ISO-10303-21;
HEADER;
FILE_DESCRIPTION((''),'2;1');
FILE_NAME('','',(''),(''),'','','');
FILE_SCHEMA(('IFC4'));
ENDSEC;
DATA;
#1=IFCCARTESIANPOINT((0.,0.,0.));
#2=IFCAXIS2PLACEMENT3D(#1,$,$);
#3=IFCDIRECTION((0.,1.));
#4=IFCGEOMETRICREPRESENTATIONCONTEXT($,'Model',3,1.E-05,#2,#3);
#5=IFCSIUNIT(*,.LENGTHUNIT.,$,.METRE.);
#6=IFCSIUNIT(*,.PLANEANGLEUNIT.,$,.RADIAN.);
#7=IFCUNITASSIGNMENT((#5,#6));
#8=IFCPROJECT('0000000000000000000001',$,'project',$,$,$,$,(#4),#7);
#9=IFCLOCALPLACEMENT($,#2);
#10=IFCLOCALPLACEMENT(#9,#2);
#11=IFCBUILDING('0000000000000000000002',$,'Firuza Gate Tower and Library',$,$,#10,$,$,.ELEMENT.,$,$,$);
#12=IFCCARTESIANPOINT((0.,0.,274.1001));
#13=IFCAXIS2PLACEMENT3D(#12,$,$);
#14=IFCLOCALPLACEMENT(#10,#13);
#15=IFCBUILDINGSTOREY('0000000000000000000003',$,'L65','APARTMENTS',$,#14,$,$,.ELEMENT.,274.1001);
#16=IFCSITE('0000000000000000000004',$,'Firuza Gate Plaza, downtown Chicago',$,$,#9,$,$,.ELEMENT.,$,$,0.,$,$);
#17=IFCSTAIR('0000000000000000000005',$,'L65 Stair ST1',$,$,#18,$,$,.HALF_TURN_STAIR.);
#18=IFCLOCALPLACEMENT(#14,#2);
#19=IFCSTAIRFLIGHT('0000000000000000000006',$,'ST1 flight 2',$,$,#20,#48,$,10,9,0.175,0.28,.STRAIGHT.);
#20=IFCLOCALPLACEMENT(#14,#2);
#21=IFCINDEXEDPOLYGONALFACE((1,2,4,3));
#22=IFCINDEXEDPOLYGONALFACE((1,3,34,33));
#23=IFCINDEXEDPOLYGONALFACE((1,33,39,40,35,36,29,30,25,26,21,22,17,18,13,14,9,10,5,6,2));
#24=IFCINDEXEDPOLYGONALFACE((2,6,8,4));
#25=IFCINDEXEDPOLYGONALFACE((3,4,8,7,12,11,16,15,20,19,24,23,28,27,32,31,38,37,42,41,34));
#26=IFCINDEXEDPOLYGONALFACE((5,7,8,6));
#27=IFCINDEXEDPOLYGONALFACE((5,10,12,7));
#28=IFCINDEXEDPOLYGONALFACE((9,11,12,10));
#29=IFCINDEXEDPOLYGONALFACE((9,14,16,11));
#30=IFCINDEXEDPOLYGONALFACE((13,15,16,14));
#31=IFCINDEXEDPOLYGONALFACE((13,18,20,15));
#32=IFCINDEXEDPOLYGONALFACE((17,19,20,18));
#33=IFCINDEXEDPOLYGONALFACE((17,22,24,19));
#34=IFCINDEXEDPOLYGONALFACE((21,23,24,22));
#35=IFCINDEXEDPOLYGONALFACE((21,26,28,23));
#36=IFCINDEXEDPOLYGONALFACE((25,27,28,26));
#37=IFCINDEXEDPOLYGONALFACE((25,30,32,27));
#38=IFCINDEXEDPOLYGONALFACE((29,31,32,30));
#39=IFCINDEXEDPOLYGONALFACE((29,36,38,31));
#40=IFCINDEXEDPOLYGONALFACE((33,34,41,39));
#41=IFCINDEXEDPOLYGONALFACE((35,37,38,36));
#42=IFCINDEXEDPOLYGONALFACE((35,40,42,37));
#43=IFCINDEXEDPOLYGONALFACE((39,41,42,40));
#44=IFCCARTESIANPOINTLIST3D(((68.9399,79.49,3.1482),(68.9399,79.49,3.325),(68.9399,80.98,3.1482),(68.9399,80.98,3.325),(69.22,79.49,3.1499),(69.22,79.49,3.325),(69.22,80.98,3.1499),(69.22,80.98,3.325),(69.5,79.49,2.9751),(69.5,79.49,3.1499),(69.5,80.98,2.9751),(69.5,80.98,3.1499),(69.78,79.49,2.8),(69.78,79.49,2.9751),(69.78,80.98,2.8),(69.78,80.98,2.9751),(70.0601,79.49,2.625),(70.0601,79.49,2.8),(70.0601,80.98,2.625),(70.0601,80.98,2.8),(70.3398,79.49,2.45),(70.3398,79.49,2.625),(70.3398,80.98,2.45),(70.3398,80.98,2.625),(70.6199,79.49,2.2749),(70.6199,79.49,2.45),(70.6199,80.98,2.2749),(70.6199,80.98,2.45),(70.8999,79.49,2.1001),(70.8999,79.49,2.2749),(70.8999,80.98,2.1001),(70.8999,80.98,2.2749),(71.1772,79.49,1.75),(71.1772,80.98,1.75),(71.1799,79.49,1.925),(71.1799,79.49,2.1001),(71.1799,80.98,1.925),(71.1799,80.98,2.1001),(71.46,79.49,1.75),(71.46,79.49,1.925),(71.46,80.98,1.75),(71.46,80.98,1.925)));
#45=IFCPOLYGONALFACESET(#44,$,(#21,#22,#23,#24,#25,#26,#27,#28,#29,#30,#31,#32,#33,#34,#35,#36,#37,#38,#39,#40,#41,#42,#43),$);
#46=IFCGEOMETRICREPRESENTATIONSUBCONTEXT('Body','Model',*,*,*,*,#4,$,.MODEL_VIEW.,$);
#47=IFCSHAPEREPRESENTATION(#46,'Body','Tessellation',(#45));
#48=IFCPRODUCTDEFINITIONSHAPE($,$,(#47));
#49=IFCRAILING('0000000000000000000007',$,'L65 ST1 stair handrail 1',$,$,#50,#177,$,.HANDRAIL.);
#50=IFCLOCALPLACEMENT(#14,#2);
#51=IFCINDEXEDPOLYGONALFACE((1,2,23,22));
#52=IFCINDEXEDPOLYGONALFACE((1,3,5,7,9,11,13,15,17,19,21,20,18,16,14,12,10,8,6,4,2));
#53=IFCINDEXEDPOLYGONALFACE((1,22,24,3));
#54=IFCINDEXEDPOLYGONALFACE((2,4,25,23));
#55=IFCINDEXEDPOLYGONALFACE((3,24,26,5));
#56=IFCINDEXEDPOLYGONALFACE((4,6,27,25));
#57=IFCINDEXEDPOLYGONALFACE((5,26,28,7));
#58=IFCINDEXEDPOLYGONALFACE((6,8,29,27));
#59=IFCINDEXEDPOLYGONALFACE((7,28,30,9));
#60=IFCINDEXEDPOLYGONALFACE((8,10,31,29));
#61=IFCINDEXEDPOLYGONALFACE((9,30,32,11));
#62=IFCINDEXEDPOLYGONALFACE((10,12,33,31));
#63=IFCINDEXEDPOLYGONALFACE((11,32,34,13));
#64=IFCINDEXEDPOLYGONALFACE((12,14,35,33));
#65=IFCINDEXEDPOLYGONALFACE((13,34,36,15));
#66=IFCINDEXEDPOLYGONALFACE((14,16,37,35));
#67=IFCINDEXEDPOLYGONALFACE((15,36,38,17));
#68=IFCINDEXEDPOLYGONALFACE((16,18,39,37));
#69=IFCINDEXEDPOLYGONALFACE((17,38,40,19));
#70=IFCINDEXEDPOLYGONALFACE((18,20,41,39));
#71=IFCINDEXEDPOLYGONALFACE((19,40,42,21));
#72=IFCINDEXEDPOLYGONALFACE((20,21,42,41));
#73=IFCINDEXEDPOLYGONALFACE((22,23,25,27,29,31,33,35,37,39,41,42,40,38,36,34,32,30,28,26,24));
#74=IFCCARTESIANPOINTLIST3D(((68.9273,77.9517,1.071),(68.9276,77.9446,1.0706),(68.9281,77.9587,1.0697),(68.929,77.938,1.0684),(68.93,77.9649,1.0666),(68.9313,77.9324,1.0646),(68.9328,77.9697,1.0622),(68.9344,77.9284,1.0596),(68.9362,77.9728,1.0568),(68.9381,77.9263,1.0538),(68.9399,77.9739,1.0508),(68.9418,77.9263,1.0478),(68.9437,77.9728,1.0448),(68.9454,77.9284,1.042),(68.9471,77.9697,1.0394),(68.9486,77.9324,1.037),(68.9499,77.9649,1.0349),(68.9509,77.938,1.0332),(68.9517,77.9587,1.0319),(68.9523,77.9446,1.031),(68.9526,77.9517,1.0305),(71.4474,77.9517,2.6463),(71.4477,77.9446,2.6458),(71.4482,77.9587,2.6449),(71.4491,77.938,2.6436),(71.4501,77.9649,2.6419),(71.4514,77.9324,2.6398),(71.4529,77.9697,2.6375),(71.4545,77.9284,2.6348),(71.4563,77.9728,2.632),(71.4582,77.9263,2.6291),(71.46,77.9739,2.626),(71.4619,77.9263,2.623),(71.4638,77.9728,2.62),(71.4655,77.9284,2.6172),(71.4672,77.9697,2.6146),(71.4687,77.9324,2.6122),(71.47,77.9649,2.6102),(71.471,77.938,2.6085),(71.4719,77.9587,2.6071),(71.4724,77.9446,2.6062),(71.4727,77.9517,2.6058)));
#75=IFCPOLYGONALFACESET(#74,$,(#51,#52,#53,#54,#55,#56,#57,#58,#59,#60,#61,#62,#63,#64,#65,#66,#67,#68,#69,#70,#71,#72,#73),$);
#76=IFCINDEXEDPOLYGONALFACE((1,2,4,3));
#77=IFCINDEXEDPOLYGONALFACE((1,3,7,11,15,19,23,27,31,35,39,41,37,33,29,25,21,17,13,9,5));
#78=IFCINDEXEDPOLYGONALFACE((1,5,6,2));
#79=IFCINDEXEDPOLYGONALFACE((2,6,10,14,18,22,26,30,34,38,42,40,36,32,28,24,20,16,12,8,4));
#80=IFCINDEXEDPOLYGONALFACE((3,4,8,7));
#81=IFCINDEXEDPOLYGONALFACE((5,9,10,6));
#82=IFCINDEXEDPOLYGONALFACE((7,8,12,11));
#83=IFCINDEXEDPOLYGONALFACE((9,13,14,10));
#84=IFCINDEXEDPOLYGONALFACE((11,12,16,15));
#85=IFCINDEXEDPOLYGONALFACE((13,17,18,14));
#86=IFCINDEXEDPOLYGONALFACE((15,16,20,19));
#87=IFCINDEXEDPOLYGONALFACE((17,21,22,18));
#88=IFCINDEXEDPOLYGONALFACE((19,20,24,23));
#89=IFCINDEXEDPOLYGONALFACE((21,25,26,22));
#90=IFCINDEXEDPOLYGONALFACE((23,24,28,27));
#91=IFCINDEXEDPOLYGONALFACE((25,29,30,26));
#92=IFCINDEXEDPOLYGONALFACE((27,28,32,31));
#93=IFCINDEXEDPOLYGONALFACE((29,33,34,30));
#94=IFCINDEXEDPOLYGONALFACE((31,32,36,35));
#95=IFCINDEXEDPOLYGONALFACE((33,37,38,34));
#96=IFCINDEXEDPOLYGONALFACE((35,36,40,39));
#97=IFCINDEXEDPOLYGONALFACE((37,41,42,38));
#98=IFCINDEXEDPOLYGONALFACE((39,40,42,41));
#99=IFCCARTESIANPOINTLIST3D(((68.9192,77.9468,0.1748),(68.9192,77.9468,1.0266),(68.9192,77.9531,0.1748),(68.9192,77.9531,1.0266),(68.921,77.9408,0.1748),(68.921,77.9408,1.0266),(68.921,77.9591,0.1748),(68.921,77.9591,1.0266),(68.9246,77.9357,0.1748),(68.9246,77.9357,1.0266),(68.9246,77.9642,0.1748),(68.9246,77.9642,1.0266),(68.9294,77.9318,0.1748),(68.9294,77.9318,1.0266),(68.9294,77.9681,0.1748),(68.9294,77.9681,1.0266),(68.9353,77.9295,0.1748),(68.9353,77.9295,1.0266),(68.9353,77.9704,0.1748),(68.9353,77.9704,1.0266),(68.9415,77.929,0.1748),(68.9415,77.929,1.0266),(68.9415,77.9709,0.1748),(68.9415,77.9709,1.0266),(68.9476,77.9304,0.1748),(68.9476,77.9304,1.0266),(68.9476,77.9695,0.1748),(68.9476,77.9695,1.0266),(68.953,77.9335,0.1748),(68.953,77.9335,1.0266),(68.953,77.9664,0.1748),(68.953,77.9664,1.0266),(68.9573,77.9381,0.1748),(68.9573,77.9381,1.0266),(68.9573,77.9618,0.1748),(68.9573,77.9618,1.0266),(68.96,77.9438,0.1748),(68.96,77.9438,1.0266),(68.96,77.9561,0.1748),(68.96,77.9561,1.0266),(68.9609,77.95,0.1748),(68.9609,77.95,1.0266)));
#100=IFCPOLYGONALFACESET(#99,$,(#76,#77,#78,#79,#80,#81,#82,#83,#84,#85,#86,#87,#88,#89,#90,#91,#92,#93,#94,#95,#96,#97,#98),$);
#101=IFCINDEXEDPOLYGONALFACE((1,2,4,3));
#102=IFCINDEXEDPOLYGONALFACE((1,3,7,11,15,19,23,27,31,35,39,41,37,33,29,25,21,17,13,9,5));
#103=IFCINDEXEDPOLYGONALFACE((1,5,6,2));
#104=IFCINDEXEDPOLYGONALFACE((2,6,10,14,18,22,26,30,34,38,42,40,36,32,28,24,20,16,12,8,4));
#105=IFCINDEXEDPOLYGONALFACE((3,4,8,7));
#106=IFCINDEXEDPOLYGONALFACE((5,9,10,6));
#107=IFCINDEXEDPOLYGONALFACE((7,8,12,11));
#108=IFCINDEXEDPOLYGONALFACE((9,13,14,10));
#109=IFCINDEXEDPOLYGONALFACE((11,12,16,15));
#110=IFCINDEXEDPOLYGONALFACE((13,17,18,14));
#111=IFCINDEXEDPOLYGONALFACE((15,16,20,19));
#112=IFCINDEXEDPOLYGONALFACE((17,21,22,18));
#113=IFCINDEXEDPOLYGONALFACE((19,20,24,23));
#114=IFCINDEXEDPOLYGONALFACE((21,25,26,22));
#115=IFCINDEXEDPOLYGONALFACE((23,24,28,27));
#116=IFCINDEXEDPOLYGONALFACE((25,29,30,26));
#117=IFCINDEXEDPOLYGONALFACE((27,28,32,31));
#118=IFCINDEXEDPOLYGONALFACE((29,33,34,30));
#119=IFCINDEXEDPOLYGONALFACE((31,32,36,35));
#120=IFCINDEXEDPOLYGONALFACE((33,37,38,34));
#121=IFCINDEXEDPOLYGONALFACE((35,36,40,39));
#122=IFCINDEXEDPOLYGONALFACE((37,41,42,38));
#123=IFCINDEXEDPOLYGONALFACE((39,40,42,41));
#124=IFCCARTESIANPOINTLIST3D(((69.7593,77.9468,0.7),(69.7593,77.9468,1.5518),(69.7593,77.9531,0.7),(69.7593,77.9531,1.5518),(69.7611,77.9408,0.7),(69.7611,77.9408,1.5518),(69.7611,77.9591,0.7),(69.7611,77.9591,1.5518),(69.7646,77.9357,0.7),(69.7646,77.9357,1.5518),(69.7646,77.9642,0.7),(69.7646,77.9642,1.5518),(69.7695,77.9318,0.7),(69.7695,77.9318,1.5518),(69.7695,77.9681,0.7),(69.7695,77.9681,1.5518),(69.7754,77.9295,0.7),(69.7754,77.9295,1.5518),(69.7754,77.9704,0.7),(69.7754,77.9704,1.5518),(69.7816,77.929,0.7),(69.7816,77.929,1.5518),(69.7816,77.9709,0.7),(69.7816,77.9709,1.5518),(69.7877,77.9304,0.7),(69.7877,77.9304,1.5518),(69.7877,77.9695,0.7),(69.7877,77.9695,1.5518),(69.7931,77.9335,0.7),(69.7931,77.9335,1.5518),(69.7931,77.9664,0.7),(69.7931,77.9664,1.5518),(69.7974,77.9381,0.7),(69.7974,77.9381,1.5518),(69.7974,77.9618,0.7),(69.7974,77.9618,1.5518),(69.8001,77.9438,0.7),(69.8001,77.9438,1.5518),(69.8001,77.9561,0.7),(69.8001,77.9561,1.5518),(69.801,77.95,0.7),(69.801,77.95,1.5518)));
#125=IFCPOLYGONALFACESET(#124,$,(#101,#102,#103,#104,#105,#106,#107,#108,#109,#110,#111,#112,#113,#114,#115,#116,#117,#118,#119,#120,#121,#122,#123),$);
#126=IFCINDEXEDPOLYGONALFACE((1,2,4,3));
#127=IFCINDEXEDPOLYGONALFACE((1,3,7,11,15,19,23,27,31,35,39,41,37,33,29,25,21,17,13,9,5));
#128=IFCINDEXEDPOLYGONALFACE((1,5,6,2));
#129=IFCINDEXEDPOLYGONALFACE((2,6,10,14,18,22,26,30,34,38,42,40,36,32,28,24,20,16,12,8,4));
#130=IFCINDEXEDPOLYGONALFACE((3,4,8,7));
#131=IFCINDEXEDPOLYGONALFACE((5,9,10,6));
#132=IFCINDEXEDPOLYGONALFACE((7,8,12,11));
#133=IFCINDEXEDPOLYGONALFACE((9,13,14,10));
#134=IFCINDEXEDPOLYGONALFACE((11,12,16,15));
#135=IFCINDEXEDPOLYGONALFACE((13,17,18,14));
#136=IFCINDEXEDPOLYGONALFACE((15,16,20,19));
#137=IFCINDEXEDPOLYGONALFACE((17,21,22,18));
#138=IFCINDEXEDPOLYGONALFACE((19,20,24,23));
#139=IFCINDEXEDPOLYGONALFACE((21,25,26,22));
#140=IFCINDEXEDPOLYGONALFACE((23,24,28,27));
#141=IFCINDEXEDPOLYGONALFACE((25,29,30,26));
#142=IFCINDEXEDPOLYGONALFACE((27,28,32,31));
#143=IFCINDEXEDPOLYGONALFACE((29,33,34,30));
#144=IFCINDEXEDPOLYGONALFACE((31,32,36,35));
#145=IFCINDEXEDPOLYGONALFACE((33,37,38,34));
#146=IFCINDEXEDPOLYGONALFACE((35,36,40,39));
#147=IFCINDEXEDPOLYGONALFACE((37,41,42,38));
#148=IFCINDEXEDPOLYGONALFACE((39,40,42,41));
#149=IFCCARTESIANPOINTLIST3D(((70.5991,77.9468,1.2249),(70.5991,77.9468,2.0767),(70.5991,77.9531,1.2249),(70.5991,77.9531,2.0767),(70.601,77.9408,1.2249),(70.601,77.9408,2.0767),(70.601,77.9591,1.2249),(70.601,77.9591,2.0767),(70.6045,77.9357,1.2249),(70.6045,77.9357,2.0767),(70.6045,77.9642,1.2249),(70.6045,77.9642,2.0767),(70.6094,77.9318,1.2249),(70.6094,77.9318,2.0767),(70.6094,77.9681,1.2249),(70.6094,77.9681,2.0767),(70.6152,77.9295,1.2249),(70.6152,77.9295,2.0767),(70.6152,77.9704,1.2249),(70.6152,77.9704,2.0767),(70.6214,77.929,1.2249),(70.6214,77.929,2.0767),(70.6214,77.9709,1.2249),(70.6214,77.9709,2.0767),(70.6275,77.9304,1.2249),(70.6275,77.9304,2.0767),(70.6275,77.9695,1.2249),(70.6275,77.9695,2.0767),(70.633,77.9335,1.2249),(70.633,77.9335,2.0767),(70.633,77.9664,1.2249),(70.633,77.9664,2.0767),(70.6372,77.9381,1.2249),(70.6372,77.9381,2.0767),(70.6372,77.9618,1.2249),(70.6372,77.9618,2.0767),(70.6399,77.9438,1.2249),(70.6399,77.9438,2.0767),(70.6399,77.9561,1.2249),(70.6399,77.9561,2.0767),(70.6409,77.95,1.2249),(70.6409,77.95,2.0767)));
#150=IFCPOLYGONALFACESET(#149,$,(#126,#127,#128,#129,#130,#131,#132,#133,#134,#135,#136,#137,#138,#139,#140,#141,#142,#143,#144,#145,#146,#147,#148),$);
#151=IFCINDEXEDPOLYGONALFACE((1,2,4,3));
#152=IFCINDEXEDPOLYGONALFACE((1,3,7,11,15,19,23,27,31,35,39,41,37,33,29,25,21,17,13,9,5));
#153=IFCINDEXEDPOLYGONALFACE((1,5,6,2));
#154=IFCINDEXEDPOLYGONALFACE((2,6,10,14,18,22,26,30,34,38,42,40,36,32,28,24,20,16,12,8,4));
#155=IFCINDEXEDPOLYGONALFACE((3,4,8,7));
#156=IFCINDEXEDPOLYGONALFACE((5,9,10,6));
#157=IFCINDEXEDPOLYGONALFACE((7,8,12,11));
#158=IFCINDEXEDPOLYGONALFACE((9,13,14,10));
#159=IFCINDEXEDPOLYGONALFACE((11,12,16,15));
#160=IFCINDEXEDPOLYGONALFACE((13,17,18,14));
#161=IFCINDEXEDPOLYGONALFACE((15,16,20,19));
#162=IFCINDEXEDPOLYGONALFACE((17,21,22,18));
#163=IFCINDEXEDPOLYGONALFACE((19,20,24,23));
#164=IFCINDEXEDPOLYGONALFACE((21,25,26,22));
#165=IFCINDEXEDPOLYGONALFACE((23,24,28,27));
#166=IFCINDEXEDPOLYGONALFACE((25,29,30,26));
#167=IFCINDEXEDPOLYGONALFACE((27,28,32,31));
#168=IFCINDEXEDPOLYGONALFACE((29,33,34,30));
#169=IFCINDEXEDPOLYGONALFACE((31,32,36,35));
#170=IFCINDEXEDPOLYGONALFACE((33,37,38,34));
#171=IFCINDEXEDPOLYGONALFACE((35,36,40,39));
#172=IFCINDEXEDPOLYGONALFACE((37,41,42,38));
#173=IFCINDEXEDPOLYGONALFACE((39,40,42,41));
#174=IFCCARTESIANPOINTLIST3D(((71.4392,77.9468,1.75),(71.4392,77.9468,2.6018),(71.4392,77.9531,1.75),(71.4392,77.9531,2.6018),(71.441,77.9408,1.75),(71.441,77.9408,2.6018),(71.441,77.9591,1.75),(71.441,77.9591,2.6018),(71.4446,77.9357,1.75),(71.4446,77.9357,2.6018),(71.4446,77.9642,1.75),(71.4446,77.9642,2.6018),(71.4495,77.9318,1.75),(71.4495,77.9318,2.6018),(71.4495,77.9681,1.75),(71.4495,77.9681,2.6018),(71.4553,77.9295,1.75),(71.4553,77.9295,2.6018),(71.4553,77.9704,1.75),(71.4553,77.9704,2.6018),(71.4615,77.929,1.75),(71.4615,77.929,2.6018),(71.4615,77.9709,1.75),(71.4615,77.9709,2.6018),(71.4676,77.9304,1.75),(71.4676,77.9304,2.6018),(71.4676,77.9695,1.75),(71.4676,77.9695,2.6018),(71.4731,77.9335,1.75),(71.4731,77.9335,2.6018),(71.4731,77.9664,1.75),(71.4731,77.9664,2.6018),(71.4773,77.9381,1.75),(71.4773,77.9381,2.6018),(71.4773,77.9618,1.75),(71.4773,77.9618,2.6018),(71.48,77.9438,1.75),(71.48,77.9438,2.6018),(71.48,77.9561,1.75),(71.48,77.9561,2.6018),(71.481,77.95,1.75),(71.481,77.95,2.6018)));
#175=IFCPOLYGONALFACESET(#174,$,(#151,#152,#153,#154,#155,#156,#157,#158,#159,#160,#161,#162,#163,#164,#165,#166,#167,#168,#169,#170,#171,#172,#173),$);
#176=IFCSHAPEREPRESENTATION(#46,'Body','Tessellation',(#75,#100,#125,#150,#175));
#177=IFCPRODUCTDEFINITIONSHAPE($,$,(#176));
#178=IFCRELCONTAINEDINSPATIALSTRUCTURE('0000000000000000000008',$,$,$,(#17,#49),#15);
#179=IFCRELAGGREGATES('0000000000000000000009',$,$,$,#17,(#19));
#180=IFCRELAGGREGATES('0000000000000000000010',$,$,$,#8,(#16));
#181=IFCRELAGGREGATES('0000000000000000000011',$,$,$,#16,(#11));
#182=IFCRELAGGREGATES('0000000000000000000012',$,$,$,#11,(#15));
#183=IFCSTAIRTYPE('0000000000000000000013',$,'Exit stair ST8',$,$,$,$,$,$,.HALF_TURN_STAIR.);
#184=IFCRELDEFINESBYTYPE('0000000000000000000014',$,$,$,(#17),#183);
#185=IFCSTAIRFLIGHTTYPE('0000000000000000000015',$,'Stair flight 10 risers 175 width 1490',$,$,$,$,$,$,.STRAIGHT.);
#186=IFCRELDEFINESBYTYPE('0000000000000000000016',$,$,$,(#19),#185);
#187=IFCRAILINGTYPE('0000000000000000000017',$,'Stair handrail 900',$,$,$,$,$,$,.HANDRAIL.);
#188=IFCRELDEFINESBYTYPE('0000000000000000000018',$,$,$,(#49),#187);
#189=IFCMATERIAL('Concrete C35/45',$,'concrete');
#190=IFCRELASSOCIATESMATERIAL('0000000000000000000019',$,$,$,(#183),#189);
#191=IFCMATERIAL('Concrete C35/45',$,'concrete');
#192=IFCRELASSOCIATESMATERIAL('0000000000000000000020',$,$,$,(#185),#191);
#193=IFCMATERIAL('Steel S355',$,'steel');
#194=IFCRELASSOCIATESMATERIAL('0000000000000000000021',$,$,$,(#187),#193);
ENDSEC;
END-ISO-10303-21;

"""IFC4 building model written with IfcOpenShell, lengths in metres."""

from ifc_helpers import new_model, si_unit, direction, frame, origin, origin_2d, place, context, subcontext, project, spatial, polyline, circle, outline, extrude, material, type_object, element, aggregate, save


model = new_model("IFC4")

# Units and contexts
model_context = context("Model", 3, precision=1e-05, world=origin(), true_north=direction((0.0, 1.0)))
body_context = subcontext(model_context, "Body", "Model", "MODEL_VIEW")
ifc_project = project(units=[si_unit("LENGTHUNIT", "METRE"), si_unit("PLANEANGLEUNIT", "RADIAN")], contexts=[model_context])

# Site, building, storey
site_placement = place(None, origin())
site = spatial("IfcSite", under=ifc_project, at=site_placement, Name="Firuza Gate Plaza, downtown Chicago", CompositionType="ELEMENT", RefElevation=0.0)
building_placement = place(site_placement, origin())
building = spatial("IfcBuilding", under=site, at=building_placement, Name="Firuza Gate Tower and Library", CompositionType="ELEMENT")
storey_placement = place(building_placement, frame((0.0, 0.0, 274.1001)))
storey = spatial("IfcBuildingStorey", under=building, at=storey_placement, Name="L65", Description="APARTMENTS", CompositionType="ELEMENT", Elevation=274.1001)

# Stair, stair flight
ifc_material_1 = material(Name="Concrete C35/45", Category="concrete")
stair_type = type_object("IfcStairType", Name="Exit stair ST8", PredefinedType="HALF_TURN_STAIR", material=ifc_material_1)
stair_placement = place(storey_placement, origin())
stair = element("IfcStair", 1, at=stair_placement, inside=storey, type_object=stair_type, Name="L65 Stair ST1", PredefinedType="HALF_TURN_STAIR")
ifc_material_2 = material(Name="Concrete C35/45", Category="concrete")
stair_flight_type = type_object("IfcStairFlightType", Name="Stair flight 10 risers 175 width 1490", PredefinedType="STRAIGHT", material=ifc_material_2)
stair_flight_1_placement = place(storey_placement, frame((71.46, 80.2351, 1.75), z_axis=(0.0, 0.0, 1.0), x_axis=(-1.0, 0.0, 0.0)))
stair_flight_1 = element("IfcStairFlight", 2, at=stair_flight_1_placement, type_object=stair_flight_type, Name="ST1 flight 2", NumberOfRisers=10, NumberOfTreads=9, PredefinedType="STRAIGHT", RiserHeight=0.175, TreadLength=0.28, context=body_context, shape_type="SweptSolid", body=[
    extrude(outline(polyline([(0.0, 0.0), (0.0, 0.175), (0.28, 0.175), (0.28, 0.3501), (0.5601, 0.3501), (0.5601, 0.5249), (0.8401, 0.5249), (0.8401, 0.7), (1.1201, 0.7), (1.1201, 0.875), (1.3999, 0.875), (1.3999, 1.05), (1.6799, 1.05), (1.6799, 1.2251), (1.96, 1.2251), (1.96, 1.3999), (2.24, 1.3999), (2.24, 1.575), (2.52, 1.575), (2.52, 1.75), (2.52, 1.3982), (0.2827, 0.0), (0.0, 0.0)])), frame((0.0, 0.7451, 0.0), z_axis=(0.0, -1.0, 0.0), x_axis=(1.0, 0.0, 0.0)), (0.0, 0.0, 1.0), 1.49),
])
aggregate(stair, [stair_flight_1])

# Railing
ifc_material_3 = material(Name="Steel S355", Category="steel")
railing_type_1 = type_object("IfcRailingType", Name="Stair handrail 900", PredefinedType="HANDRAIL", material=ifc_material_3)
railing_1_placement = place(storey_placement, frame((68.9399, 77.95, 0.1748)))
element("IfcRailing", 3, at=railing_1_placement, inside=storey, type_object=railing_type_1, Name="L65 ST1 stair handrail 1", PredefinedType="HANDRAIL", context=body_context, shape_type="SweptSolid", body=[
    extrude(circle(Radius=0.0239, at=origin_2d()), frame((0.0, 0.0, 0.876), z_axis=(0.847971, 0.0, 0.530043), x_axis=(0.0, 1.0, 0.0)), (0.0, 0.0, 1.0), 2.9719),
    extrude(circle(Radius=0.021, at=origin_2d()), origin(), (0.0, 0.0, 1.0), 0.8518),
    extrude(circle(Radius=0.021, at=origin_2d()), frame((0.8401, 0.0, 0.5251)), (0.0, 0.0, 1.0), 0.8518),
    extrude(circle(Radius=0.021, at=origin_2d()), frame((1.6799, 0.0, 1.05)), (0.0, 0.0, 1.0), 0.8518),
    extrude(circle(Radius=0.021, at=origin_2d()), frame((2.52, 0.0, 1.5752)), (0.0, 0.0, 1.0), 0.8518),
])

save(model, "model.ifc")
